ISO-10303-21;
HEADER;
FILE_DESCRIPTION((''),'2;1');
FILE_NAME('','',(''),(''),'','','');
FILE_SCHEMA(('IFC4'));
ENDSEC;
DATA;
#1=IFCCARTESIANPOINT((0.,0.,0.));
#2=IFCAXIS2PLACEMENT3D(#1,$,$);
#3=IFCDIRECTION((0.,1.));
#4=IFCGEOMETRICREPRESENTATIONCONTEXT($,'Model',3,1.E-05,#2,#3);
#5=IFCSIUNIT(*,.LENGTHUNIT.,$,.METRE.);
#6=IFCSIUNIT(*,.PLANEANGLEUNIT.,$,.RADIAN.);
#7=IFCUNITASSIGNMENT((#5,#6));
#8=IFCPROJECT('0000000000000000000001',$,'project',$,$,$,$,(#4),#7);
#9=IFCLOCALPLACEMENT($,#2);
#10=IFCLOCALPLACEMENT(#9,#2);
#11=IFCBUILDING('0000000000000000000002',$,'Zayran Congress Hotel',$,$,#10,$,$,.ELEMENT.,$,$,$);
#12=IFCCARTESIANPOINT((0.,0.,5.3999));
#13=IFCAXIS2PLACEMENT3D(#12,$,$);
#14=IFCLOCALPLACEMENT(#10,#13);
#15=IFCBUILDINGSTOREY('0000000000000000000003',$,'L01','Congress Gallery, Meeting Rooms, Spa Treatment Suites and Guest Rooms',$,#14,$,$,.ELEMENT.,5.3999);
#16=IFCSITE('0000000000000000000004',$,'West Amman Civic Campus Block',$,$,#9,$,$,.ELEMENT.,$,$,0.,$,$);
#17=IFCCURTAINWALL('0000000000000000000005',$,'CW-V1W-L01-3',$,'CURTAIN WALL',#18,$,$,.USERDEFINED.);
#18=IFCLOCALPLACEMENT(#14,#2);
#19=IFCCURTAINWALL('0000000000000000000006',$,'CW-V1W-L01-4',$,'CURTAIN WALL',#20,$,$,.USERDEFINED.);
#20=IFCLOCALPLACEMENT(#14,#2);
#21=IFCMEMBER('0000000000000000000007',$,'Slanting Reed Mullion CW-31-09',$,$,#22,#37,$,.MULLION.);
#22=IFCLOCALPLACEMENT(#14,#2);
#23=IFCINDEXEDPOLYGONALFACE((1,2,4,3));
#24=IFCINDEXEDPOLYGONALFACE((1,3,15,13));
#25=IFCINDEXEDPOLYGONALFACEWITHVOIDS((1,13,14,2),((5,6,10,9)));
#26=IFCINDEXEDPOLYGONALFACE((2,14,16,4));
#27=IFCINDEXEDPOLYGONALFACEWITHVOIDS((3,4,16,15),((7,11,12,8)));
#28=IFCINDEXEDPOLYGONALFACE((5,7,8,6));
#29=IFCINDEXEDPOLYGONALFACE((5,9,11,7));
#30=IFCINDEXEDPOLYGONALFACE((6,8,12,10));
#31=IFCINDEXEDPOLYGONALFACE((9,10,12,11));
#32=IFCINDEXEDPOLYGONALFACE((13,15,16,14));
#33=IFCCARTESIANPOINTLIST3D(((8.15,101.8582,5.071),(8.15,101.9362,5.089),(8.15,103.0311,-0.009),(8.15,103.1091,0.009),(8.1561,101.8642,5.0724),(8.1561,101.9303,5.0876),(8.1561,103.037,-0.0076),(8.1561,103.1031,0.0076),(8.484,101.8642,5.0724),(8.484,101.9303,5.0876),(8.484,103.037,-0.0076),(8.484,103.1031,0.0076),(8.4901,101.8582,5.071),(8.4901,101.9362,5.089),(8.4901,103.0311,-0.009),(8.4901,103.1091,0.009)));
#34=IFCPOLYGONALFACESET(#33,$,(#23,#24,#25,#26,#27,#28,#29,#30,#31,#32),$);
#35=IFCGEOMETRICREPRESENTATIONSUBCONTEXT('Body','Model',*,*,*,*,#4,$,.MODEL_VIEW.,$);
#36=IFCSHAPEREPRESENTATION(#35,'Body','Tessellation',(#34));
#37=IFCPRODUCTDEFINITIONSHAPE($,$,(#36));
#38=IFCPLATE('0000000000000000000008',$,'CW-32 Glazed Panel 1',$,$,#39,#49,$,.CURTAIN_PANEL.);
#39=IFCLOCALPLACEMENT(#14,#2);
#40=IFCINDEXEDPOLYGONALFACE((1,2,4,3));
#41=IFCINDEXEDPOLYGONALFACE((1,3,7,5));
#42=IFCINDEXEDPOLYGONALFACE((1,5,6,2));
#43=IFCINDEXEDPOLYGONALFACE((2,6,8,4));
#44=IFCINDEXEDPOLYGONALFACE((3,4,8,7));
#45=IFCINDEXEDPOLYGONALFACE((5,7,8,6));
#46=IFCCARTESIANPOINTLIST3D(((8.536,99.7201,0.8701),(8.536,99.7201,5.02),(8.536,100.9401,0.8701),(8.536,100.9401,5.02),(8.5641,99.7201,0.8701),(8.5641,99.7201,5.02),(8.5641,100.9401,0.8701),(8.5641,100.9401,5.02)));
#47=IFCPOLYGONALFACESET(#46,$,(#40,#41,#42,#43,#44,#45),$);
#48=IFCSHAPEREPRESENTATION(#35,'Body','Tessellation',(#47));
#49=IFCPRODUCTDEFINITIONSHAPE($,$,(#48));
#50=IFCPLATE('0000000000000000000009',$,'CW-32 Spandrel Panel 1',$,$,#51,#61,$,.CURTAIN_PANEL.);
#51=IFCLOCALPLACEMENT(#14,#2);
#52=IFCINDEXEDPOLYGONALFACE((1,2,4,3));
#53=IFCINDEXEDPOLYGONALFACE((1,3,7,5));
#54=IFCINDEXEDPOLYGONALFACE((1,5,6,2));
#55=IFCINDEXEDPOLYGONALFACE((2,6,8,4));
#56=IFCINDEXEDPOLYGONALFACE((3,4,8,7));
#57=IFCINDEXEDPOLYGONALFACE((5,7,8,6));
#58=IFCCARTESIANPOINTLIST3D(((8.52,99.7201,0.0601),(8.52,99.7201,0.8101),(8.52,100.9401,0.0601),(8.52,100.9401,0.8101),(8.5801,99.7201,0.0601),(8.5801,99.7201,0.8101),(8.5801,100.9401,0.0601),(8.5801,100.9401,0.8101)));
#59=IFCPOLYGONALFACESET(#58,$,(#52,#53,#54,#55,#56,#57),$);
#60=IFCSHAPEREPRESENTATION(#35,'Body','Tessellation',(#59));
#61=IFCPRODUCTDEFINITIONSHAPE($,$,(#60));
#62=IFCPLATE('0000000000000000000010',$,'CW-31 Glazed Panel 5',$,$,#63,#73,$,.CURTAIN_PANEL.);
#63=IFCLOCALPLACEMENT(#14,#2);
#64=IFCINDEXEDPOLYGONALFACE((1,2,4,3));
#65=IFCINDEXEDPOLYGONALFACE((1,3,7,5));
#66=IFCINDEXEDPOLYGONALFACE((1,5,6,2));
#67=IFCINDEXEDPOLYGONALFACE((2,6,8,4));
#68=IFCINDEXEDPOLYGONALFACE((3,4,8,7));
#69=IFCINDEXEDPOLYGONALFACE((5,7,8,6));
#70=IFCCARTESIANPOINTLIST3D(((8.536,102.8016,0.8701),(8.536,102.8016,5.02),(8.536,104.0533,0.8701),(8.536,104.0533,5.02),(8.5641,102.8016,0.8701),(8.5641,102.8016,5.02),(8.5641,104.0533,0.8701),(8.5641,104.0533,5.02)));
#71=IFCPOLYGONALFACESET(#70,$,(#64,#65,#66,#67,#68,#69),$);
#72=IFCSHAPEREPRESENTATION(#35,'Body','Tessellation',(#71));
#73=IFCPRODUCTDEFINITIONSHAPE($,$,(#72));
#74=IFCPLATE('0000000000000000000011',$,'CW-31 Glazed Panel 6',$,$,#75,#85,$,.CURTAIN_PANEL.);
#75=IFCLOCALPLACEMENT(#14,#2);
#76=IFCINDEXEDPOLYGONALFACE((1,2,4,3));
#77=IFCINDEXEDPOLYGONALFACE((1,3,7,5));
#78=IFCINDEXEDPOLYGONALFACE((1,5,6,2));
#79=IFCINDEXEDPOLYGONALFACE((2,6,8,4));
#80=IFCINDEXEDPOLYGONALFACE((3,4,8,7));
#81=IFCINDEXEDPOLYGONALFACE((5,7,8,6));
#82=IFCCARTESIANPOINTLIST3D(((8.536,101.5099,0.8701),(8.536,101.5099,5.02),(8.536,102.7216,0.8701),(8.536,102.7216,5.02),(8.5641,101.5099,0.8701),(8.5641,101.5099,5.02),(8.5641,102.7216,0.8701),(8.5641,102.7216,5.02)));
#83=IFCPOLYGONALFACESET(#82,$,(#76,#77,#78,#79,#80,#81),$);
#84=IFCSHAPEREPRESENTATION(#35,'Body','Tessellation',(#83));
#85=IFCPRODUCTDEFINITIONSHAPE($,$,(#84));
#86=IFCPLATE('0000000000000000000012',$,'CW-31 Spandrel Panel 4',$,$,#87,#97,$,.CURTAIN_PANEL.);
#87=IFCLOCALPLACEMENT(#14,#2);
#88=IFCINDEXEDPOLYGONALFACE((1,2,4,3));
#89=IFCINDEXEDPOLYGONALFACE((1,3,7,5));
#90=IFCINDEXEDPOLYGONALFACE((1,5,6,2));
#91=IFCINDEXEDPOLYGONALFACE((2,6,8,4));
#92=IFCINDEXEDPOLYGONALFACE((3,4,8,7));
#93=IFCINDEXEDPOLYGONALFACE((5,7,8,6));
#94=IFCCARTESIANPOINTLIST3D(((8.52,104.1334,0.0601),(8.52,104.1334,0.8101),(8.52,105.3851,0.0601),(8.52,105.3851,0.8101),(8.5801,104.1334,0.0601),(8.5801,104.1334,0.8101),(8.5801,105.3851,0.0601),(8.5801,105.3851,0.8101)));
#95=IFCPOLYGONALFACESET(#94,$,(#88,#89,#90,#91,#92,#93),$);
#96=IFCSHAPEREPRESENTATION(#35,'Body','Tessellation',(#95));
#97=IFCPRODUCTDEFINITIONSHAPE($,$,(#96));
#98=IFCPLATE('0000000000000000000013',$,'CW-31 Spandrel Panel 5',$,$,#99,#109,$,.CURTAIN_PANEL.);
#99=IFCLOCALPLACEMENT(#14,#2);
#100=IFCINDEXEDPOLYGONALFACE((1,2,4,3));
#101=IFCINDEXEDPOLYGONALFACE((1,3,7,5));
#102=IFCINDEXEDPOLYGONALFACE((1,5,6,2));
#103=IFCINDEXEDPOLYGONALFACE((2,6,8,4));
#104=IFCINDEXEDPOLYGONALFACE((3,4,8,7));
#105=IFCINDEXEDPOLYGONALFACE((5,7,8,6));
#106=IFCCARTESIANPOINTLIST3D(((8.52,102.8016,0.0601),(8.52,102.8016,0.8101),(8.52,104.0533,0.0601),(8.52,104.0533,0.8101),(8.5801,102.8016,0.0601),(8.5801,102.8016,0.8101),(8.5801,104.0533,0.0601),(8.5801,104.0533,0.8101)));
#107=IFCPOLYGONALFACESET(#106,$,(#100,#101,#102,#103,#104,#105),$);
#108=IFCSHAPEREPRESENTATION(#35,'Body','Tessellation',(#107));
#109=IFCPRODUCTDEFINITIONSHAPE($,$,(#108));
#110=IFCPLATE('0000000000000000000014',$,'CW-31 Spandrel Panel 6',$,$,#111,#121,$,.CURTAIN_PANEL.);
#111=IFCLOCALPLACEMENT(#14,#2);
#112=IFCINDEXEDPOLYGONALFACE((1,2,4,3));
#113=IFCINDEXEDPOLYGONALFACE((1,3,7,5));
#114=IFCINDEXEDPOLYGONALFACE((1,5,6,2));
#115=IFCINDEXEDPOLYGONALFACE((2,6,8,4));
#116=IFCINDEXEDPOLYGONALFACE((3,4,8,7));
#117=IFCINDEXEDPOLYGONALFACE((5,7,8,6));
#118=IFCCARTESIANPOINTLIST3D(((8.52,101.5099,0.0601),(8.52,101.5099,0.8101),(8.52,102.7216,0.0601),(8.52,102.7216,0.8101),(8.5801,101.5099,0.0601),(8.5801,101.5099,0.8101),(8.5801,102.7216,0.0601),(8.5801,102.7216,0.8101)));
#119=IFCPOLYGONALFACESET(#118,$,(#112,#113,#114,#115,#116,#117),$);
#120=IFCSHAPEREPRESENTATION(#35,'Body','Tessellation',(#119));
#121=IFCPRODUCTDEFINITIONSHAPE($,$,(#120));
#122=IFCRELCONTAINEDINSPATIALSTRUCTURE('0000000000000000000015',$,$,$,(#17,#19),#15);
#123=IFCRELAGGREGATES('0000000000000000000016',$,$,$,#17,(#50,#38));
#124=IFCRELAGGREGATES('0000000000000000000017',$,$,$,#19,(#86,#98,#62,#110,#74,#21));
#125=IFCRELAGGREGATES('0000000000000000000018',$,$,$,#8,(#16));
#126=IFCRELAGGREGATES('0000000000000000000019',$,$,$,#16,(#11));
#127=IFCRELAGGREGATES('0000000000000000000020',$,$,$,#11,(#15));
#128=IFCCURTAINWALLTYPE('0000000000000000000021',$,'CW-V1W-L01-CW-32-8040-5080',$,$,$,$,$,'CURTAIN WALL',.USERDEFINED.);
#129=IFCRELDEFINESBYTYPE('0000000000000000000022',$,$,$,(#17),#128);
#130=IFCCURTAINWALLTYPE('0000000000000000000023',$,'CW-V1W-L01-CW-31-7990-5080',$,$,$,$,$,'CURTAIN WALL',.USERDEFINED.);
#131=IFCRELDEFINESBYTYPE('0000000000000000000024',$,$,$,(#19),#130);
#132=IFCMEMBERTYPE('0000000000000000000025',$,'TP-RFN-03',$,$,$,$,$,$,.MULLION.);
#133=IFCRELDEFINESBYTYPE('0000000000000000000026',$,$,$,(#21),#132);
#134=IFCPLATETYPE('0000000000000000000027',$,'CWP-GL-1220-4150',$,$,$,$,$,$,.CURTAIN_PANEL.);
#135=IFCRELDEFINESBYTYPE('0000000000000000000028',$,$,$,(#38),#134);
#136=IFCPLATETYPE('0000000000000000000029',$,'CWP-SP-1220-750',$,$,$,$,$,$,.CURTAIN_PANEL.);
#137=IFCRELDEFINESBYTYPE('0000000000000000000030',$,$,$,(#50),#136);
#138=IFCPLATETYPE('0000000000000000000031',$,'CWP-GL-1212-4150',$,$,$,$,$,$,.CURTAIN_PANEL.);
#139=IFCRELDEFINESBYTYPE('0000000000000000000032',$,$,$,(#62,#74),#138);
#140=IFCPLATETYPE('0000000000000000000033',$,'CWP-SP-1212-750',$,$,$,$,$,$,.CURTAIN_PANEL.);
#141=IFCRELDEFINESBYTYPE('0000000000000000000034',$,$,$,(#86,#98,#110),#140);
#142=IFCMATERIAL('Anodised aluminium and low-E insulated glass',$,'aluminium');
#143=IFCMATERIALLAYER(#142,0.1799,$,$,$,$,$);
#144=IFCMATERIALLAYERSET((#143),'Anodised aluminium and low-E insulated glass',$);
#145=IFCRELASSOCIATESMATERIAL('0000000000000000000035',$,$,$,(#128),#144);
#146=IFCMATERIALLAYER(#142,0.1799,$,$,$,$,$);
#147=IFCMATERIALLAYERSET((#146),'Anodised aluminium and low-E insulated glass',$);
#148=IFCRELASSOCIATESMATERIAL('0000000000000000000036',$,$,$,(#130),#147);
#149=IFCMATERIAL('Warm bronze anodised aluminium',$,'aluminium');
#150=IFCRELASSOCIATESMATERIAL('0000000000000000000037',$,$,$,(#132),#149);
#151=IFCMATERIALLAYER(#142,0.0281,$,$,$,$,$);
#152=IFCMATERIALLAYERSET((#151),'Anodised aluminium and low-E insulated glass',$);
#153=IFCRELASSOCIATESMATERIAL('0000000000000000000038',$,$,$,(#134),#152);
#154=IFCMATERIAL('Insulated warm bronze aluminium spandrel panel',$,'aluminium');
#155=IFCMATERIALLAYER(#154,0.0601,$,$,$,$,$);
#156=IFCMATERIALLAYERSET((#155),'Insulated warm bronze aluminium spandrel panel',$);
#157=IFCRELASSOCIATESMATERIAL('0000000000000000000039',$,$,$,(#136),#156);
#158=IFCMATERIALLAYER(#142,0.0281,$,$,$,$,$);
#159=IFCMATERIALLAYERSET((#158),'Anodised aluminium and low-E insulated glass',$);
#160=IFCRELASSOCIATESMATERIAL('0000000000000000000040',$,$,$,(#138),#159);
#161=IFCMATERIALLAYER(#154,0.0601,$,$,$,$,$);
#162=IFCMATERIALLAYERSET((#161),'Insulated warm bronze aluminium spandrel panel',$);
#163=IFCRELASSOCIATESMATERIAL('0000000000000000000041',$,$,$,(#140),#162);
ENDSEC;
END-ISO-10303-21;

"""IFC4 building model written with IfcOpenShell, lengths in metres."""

from ifc_helpers import new_model, si_unit, direction, frame, origin, origin_2d, place, context, subcontext, project, spatial, rectangle, hollow_rectangle, extrude, material, layer, layer_set, material_profile, profile_set, type_object, element, aggregate, save


model = new_model("IFC4")

# Units and contexts
model_context = context("Model", 3, precision=1e-05, world=origin(), true_north=direction((0.0, 1.0)))
body_context = subcontext(model_context, "Body", "Model", "MODEL_VIEW")
ifc_project = project(units=[si_unit("LENGTHUNIT", "METRE"), si_unit("PLANEANGLEUNIT", "RADIAN")], contexts=[model_context])

# Site, building, storey
site_placement = place(None, origin())
site = spatial("IfcSite", under=ifc_project, at=site_placement, Name="West Amman Civic Campus Block", CompositionType="ELEMENT", RefElevation=0.0)
building_placement = place(site_placement, origin())
building = spatial("IfcBuilding", under=site, at=building_placement, Name="Zayran Congress Hotel", CompositionType="ELEMENT")
storey_placement = place(building_placement, frame((0.0, 0.0, 5.3999)))
storey = spatial("IfcBuildingStorey", under=building, at=storey_placement, Name="L01", Description="Congress Gallery, Meeting Rooms, Spa Treatment Suites and Guest Rooms", CompositionType="ELEMENT", Elevation=5.3999)

# Curtain walls
ifc_material_1 = material(Name="Anodised aluminium and low-E insulated glass", Category="aluminium")
ifc_layer_1 = layer(ifc_material_1, 0.1799)
ifc_layer_set_1 = layer_set([ifc_layer_1], Name="Anodised aluminium and low-E insulated glass")
curtain_wall_type_1 = type_object("IfcCurtainWallType", Name="CW-V1W-L01-CW-32-8040-5080", ElementType="CURTAIN WALL", PredefinedType="USERDEFINED", material=ifc_layer_set_1)
curtain_wall_1_placement = place(storey_placement, origin())
curtain_wall_1 = element("IfcCurtainWall", 1, at=curtain_wall_1_placement, inside=storey, type_object=curtain_wall_type_1, Name="CW-V1W-L01-3", ObjectType="CURTAIN WALL", PredefinedType="USERDEFINED")
ifc_layer_2 = layer(ifc_material_1, 0.1799)
ifc_layer_set_2 = layer_set([ifc_layer_2], Name="Anodised aluminium and low-E insulated glass")
curtain_wall_type_2 = type_object("IfcCurtainWallType", Name="CW-V1W-L01-CW-31-7990-5080", ElementType="CURTAIN WALL", PredefinedType="USERDEFINED", material=ifc_layer_set_2)
curtain_wall_2_placement = place(storey_placement, origin())
curtain_wall_2 = element("IfcCurtainWall", 2, at=curtain_wall_2_placement, inside=storey, type_object=curtain_wall_type_2, Name="CW-V1W-L01-4", ObjectType="CURTAIN WALL", PredefinedType="USERDEFINED")

# Member
ifc_material_2 = material(Name="Warm bronze anodised aluminium", Category="aluminium")
ifc_material_profile_1 = material_profile(ifc_material_2, hollow_rectangle(XDim=0.0801, YDim=0.3401, WallThickness=0.0061, at=origin_2d()), Name="RHS 340x80x6")
ifc_profile_set_1 = profile_set([ifc_material_profile_1], Name="Warm bronze anodised aluminium")
member_type_1 = type_object("IfcMemberType", Name="TP-RFN-03", PredefinedType="MULLION", material=ifc_profile_set_1)
member_1_placement = place(storey_placement, frame((8.3201, 103.0701, 0.0), z_axis=(0.0, -0.224955, 0.974369), x_axis=(0.0, 0.974369, 0.224955)))
member_1 = element("IfcMember", 3, at=member_1_placement, type_object=member_type_1, Name="Slanting Reed Mullion CW-31-09", PredefinedType="MULLION", context=body_context, shape_type="SweptSolid", body=[
    extrude(hollow_rectangle(XDim=0.0801, YDim=0.3401, WallThickness=0.0061, at=origin_2d()), origin(), (0.0, 0.0, 1.0), 5.2136),
])

# Plates
ifc_layer_3 = layer(ifc_material_1, 0.0281)
ifc_layer_set_3 = layer_set([ifc_layer_3], Name="Anodised aluminium and low-E insulated glass")
plate_type_1 = type_object("IfcPlateType", Name="CWP-GL-1220-4150", PredefinedType="CURTAIN_PANEL", material=ifc_layer_set_3)
plate_1_placement = place(storey_placement, frame((8.55, 100.3301, 0.8701), z_axis=(0.0, 0.0, 1.0), x_axis=(0.0, 1.0, 0.0)))
plate_1 = element("IfcPlate", 4, at=plate_1_placement, type_object=plate_type_1, Name="CW-32 Glazed Panel 1", PredefinedType="CURTAIN_PANEL", context=body_context, shape_type="SweptSolid", body=[
    extrude(rectangle(XDim=1.22, YDim=0.0281, at=origin_2d()), origin(), (0.0, 0.0, 1.0), 4.1499),
])
ifc_material_3 = material(Name="Insulated warm bronze aluminium spandrel panel", Category="aluminium")
ifc_layer_4 = layer(ifc_material_3, 0.0601)
ifc_layer_set_4 = layer_set([ifc_layer_4], Name="Insulated warm bronze aluminium spandrel panel")
plate_type_2 = type_object("IfcPlateType", Name="CWP-SP-1220-750", PredefinedType="CURTAIN_PANEL", material=ifc_layer_set_4)
plate_2_placement = place(storey_placement, frame((8.55, 100.3301, 0.0601), z_axis=(0.0, 0.0, 1.0), x_axis=(0.0, 1.0, 0.0)))
plate_2 = element("IfcPlate", 5, at=plate_2_placement, type_object=plate_type_2, Name="CW-32 Spandrel Panel 1", PredefinedType="CURTAIN_PANEL", context=body_context, shape_type="SweptSolid", body=[
    extrude(rectangle(XDim=1.22, YDim=0.0601, at=origin_2d()), origin(), (0.0, 0.0, 1.0), 0.75),
])
aggregate(curtain_wall_1, [plate_2, plate_1])
ifc_layer_5 = layer(ifc_material_1, 0.0281)
ifc_layer_set_5 = layer_set([ifc_layer_5], Name="Anodised aluminium and low-E insulated glass")
plate_type_3 = type_object("IfcPlateType", Name="CWP-GL-1212-4150", PredefinedType="CURTAIN_PANEL", material=ifc_layer_set_5)
plate_3_placement = place(storey_placement, frame((8.55, 103.4275, 0.8701), z_axis=(0.0, 0.0, 1.0), x_axis=(0.0, 1.0, 0.0)))
plate_3 = element("IfcPlate", 6, at=plate_3_placement, type_object=plate_type_3, Name="CW-31 Glazed Panel 5", PredefinedType="CURTAIN_PANEL", context=body_context, shape_type="SweptSolid", body=[
    extrude(rectangle(XDim=1.2517, YDim=0.0281, at=origin_2d()), origin(), (0.0, 0.0, 1.0), 4.1499),
])
plate_4_placement = place(storey_placement, frame((8.55, 102.1157, 0.8701), z_axis=(0.0, 0.0, 1.0), x_axis=(0.0, 1.0, 0.0)))
plate_4 = element("IfcPlate", 7, at=plate_4_placement, type_object=plate_type_3, Name="CW-31 Glazed Panel 6", PredefinedType="CURTAIN_PANEL", context=body_context, shape_type="SweptSolid", body=[
    extrude(rectangle(XDim=1.2117, YDim=0.0281, at=origin_2d()), origin(), (0.0, 0.0, 1.0), 4.1499),
])
ifc_layer_6 = layer(ifc_material_3, 0.0601)
ifc_layer_set_6 = layer_set([ifc_layer_6], Name="Insulated warm bronze aluminium spandrel panel")
plate_type_4 = type_object("IfcPlateType", Name="CWP-SP-1212-750", PredefinedType="CURTAIN_PANEL", material=ifc_layer_set_6)
plate_5_placement = place(storey_placement, frame((8.55, 104.7593, 0.0601), z_axis=(0.0, 0.0, 1.0), x_axis=(0.0, 1.0, 0.0)))
plate_5 = element("IfcPlate", 8, at=plate_5_placement, type_object=plate_type_4, Name="CW-31 Spandrel Panel 4", PredefinedType="CURTAIN_PANEL", context=body_context, shape_type="SweptSolid", body=[
    extrude(rectangle(XDim=1.2517, YDim=0.0601, at=origin_2d()), origin(), (0.0, 0.0, 1.0), 0.75),
])
plate_6_placement = place(storey_placement, frame((8.55, 103.4275, 0.0601), z_axis=(0.0, 0.0, 1.0), x_axis=(0.0, 1.0, 0.0)))
plate_6 = element("IfcPlate", 9, at=plate_6_placement, type_object=plate_type_4, Name="CW-31 Spandrel Panel 5", PredefinedType="CURTAIN_PANEL", context=body_context, shape_type="SweptSolid", body=[
    extrude(rectangle(XDim=1.2517, YDim=0.0601, at=origin_2d()), origin(), (0.0, 0.0, 1.0), 0.75),
])
plate_7_placement = place(storey_placement, frame((8.55, 102.1157, 0.0601), z_axis=(0.0, 0.0, 1.0), x_axis=(0.0, 1.0, 0.0)))
plate_7 = element("IfcPlate", 10, at=plate_7_placement, type_object=plate_type_4, Name="CW-31 Spandrel Panel 6", PredefinedType="CURTAIN_PANEL", context=body_context, shape_type="SweptSolid", body=[
    extrude(rectangle(XDim=1.2117, YDim=0.0601, at=origin_2d()), origin(), (0.0, 0.0, 1.0), 0.75),
])
aggregate(curtain_wall_2, [plate_5, plate_6, plate_3, plate_7, plate_4, member_1])

save(model, "model.ifc")
